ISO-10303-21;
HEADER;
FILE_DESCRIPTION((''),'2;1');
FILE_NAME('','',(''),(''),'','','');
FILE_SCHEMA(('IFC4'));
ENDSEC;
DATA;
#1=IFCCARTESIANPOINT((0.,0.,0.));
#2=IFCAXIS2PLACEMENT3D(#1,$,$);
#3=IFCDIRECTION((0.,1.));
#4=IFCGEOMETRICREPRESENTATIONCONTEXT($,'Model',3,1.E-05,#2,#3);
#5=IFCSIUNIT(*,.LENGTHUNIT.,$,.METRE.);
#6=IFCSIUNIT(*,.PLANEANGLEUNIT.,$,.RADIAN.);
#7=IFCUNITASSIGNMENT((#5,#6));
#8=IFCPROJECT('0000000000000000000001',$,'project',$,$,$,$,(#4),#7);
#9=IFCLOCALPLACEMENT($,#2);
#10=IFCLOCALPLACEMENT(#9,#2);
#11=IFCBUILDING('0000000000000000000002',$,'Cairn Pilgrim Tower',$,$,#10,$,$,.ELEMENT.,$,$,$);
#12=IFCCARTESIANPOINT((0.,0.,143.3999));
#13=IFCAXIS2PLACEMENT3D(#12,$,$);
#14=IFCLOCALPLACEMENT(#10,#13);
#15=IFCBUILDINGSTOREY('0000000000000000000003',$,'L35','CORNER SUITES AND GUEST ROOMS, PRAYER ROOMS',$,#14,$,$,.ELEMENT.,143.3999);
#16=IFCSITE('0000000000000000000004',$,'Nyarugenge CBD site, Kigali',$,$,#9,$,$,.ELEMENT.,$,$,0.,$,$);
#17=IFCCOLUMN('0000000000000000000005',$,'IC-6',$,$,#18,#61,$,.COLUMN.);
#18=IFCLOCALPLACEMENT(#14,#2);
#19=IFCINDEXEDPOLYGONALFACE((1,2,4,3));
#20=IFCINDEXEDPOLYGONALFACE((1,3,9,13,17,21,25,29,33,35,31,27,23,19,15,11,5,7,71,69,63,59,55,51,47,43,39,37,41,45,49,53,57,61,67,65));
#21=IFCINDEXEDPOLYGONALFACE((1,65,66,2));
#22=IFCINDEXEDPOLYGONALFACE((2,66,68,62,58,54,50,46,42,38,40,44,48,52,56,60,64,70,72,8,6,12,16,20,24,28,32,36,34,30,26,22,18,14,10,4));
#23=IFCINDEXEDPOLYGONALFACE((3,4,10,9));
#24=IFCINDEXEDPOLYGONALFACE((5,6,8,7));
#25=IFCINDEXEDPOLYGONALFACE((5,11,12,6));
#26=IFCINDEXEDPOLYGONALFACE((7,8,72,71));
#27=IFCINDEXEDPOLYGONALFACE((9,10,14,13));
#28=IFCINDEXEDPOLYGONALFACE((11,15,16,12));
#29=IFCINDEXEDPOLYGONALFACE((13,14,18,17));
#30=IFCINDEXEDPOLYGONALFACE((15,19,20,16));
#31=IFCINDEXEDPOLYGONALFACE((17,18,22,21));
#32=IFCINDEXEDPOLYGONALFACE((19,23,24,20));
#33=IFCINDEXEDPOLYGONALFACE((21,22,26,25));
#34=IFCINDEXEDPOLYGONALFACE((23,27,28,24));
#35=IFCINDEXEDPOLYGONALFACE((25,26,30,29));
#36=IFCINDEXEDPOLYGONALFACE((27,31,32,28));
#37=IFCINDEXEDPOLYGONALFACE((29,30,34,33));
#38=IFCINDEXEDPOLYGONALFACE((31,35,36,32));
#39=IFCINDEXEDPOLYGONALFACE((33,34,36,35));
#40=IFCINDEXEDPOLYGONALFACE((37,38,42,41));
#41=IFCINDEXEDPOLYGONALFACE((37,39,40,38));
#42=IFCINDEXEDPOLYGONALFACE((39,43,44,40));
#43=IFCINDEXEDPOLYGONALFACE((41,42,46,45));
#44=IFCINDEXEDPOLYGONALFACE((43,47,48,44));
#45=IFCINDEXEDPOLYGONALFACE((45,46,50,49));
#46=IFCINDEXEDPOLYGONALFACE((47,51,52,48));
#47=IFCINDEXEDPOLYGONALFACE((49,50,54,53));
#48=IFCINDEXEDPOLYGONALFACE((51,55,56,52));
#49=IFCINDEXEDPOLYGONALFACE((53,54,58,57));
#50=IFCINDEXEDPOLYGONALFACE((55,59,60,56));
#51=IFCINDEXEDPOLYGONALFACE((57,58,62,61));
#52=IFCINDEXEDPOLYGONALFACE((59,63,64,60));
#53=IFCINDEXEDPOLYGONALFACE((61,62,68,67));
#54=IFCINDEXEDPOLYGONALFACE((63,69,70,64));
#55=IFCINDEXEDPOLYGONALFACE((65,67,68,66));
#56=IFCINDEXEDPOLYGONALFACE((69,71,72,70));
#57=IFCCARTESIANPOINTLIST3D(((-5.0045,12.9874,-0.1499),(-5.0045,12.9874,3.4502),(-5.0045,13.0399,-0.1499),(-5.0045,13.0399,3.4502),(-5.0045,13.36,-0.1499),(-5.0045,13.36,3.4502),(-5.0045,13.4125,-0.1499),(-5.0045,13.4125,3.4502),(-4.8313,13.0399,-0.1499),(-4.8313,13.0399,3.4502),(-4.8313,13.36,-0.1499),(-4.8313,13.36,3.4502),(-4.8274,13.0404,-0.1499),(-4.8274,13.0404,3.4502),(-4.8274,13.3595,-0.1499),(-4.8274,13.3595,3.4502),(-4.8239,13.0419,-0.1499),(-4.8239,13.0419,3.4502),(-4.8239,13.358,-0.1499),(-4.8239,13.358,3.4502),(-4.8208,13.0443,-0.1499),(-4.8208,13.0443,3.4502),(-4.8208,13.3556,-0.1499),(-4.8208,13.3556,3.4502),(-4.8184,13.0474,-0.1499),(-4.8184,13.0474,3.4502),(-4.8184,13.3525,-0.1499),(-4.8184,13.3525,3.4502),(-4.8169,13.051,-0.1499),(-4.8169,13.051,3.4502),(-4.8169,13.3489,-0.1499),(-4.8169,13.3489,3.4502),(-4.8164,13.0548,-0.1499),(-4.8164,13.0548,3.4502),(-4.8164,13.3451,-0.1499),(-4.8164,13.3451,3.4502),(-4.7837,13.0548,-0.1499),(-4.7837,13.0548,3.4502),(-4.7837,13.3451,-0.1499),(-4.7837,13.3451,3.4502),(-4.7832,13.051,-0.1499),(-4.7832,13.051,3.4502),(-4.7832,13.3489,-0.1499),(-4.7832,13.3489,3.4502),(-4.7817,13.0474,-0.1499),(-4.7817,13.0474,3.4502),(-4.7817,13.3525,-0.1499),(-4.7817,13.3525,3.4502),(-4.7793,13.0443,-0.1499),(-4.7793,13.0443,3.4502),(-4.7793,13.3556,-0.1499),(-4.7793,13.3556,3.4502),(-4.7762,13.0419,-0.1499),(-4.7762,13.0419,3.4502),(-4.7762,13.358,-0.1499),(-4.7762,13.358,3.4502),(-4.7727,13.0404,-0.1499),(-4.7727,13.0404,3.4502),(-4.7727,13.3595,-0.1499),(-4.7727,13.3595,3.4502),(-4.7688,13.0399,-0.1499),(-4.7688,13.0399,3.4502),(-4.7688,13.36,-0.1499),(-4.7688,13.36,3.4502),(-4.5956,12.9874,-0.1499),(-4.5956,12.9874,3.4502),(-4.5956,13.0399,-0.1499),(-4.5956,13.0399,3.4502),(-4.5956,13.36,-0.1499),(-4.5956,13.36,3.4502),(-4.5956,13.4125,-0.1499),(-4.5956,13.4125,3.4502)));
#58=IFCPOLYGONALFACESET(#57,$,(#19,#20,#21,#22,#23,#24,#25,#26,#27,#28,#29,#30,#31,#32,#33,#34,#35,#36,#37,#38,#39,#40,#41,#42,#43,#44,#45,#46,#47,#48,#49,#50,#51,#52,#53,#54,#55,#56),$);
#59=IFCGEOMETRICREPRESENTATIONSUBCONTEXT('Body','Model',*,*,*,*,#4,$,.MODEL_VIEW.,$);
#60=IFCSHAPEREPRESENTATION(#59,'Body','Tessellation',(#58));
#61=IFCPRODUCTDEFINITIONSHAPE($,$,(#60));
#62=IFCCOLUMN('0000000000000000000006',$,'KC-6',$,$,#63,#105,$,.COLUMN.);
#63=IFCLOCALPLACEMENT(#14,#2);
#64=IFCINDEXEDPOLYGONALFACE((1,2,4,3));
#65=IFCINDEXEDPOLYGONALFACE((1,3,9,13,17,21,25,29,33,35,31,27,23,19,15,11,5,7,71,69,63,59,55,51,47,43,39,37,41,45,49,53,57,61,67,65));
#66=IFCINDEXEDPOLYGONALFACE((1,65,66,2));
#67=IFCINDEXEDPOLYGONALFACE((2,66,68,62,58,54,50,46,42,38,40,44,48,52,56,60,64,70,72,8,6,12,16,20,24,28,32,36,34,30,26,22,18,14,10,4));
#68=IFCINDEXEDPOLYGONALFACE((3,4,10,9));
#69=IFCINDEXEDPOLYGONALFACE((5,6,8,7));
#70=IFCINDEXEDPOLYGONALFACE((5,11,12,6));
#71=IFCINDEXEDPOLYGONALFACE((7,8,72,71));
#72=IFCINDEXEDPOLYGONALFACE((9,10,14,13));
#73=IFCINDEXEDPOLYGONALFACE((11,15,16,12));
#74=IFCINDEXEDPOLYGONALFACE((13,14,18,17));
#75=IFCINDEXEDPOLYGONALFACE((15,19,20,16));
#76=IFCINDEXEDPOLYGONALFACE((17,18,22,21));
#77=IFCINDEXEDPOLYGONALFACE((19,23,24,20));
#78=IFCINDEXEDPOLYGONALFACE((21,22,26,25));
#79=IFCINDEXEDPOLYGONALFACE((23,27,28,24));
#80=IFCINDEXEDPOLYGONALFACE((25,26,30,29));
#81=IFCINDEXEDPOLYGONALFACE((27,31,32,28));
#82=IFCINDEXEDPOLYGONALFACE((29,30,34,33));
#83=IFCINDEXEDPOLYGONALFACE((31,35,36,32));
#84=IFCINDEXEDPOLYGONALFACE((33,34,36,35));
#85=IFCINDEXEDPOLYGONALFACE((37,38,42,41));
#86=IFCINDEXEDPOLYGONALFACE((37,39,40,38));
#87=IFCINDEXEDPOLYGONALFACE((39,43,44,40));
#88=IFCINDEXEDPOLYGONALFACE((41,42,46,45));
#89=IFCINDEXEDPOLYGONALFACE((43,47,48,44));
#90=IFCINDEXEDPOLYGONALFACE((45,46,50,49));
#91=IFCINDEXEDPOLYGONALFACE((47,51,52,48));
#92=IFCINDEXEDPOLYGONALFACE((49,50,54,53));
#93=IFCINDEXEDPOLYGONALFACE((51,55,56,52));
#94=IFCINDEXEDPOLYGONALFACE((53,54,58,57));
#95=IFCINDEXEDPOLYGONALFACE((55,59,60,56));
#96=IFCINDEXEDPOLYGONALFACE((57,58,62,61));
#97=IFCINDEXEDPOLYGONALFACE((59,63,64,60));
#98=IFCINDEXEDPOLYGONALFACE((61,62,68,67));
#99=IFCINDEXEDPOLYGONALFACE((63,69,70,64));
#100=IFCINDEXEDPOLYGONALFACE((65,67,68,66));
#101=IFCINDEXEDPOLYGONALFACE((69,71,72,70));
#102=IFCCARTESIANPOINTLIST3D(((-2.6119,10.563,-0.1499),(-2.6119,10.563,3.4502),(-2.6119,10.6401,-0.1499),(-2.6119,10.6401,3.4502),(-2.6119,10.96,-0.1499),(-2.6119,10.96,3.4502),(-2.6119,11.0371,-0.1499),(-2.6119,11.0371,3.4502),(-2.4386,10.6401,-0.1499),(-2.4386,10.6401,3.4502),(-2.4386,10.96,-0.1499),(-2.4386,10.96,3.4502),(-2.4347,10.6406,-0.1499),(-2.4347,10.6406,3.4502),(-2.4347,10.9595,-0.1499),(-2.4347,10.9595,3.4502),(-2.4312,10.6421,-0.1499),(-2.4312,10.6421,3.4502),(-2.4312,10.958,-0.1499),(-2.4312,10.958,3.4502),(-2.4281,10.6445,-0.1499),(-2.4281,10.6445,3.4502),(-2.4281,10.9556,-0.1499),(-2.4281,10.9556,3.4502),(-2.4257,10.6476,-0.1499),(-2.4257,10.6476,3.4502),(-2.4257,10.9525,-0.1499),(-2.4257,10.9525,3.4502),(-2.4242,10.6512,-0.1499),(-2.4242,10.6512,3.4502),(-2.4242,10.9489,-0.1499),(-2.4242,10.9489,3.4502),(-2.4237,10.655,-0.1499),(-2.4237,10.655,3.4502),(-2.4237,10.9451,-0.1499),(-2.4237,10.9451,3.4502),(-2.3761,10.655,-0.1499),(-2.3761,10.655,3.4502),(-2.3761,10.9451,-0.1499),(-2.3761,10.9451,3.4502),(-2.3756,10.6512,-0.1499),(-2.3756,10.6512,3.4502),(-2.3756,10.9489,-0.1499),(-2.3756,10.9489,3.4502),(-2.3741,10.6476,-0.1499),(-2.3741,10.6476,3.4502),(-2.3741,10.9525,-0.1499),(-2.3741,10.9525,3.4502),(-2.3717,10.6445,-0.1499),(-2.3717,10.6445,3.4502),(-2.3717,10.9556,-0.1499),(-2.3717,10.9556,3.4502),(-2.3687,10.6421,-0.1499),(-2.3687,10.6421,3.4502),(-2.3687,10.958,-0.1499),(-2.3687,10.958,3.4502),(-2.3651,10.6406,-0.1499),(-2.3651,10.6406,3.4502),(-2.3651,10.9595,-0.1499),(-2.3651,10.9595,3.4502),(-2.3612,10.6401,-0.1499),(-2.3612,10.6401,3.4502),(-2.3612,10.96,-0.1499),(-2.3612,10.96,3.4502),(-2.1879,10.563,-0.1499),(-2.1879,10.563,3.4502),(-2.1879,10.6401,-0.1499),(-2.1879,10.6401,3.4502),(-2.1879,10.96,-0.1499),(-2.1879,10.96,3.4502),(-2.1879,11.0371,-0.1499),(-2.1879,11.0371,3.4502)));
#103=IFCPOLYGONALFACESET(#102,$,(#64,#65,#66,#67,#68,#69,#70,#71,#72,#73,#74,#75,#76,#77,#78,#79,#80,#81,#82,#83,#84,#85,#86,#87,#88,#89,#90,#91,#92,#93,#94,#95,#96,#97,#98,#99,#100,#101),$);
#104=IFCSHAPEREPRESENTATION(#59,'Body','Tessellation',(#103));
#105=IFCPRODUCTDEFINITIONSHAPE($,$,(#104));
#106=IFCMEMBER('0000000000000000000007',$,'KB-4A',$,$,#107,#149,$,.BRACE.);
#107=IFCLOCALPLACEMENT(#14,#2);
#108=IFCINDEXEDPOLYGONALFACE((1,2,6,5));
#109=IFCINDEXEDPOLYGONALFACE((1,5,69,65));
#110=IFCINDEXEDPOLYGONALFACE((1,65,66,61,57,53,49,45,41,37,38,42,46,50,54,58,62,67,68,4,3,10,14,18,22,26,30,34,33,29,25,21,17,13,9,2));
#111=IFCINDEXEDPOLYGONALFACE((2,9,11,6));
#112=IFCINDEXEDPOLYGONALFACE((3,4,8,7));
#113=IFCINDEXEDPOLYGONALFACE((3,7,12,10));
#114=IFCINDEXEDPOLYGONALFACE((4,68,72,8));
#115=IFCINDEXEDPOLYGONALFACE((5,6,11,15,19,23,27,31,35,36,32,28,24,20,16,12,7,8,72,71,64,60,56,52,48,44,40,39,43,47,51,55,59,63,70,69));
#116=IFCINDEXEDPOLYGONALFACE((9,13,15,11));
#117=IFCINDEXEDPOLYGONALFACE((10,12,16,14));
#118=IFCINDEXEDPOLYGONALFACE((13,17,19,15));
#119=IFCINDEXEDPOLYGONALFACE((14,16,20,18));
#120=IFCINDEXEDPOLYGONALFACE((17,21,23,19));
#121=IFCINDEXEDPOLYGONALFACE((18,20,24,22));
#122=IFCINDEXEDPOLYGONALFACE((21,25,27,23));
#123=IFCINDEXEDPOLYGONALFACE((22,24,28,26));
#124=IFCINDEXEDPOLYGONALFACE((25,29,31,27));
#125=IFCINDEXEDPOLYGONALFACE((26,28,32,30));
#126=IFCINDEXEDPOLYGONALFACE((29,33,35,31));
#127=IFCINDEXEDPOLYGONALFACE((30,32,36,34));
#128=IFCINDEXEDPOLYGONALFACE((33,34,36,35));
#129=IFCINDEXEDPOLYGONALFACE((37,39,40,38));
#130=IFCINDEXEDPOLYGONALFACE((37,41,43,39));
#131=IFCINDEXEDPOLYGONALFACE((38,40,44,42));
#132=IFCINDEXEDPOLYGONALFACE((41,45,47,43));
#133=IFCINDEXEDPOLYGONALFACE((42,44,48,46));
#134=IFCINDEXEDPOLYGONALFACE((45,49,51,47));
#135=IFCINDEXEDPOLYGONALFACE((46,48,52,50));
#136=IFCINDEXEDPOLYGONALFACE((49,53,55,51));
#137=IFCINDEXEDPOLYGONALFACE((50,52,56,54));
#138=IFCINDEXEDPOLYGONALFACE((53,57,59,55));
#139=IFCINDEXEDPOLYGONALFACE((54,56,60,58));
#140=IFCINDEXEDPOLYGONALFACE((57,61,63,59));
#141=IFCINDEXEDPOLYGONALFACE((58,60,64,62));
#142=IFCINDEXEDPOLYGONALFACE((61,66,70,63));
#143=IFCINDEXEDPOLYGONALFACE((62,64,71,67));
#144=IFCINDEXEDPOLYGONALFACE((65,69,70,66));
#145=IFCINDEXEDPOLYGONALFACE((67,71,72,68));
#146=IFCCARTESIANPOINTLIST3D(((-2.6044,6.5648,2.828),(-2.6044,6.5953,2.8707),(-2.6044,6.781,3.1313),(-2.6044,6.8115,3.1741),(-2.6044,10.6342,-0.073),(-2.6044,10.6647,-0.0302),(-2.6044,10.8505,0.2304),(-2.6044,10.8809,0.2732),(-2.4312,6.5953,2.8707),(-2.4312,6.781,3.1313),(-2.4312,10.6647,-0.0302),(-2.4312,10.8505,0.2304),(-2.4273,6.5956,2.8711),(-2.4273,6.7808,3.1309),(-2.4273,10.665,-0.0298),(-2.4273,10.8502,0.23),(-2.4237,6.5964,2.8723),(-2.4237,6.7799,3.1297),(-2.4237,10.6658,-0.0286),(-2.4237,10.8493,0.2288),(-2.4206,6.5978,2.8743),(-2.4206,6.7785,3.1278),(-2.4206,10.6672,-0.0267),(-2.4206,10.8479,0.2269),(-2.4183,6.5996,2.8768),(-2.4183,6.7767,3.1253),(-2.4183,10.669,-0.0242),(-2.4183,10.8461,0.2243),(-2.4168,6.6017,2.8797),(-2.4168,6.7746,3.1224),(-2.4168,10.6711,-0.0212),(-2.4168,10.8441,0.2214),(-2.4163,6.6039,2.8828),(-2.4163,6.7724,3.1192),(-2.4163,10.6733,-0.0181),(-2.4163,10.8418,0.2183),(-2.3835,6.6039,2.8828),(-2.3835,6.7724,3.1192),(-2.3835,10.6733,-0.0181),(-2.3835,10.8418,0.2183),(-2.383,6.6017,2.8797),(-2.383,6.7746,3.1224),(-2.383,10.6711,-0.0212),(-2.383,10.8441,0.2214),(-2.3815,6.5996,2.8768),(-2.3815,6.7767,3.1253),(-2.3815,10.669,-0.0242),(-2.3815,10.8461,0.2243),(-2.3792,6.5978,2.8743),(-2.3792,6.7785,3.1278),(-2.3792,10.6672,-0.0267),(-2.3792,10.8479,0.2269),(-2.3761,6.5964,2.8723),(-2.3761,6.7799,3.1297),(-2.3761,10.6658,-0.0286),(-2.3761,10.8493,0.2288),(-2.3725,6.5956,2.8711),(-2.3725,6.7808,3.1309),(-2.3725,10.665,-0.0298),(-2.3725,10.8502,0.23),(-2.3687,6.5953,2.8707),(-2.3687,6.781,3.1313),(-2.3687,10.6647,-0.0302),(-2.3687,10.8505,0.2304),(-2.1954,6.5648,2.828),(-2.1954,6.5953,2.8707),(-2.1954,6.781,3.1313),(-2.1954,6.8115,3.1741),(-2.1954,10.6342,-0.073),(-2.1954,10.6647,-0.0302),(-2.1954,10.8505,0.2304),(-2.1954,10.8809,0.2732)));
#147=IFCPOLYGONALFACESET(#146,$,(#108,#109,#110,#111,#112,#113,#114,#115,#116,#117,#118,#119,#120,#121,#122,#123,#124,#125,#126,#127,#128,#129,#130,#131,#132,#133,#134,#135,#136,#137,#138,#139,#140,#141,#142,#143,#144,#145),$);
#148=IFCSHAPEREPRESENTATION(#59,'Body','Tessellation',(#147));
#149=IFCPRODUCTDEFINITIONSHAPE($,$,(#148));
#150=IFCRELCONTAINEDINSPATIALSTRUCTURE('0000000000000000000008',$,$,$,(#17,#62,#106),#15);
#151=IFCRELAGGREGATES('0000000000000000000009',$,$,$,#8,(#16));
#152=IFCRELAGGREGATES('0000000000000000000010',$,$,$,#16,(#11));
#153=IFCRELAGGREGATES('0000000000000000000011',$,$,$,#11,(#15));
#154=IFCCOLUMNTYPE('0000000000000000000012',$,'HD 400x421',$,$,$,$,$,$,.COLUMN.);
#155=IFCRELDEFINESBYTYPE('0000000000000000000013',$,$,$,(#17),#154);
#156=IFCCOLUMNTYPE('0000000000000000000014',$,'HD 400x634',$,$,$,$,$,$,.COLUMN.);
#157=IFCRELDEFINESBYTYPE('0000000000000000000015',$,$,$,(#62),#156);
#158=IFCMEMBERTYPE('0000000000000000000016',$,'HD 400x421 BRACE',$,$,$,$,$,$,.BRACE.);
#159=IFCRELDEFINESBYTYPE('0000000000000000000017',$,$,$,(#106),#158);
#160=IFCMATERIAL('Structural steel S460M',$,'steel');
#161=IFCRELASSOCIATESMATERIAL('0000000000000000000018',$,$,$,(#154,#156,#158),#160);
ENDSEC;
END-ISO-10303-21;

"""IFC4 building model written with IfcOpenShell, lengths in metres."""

from ifc_helpers import new_model, si_unit, direction, frame, origin, origin_2d, place, context, subcontext, project, spatial, i_section, extrude, material, material_profile, profile_set, type_object, element, save


model = new_model("IFC4")

# Units and contexts
model_context = context("Model", 3, precision=1e-05, world=origin(), true_north=direction((0.0, 1.0)))
body_context = subcontext(model_context, "Body", "Model", "MODEL_VIEW")
ifc_project = project(units=[si_unit("LENGTHUNIT", "METRE"), si_unit("PLANEANGLEUNIT", "RADIAN")], contexts=[model_context])

# Site, building, storey
site_placement = place(None, origin())
site = spatial("IfcSite", under=ifc_project, at=site_placement, Name="Nyarugenge CBD site, Kigali", CompositionType="ELEMENT", RefElevation=0.0)
building_placement = place(site_placement, origin())
building = spatial("IfcBuilding", under=site, at=building_placement, Name="Cairn Pilgrim Tower", CompositionType="ELEMENT")
storey_placement = place(building_placement, frame((0.0, 0.0, 143.3999)))
storey = spatial("IfcBuildingStorey", under=building, at=storey_placement, Name="L35", Description="CORNER SUITES AND GUEST ROOMS, PRAYER ROOMS", CompositionType="ELEMENT", Elevation=143.3999)

# Columns
ifc_material_1 = material(Name="Structural steel S460M", Category="steel")
ifc_material_profile_1 = material_profile(ifc_material_1, i_section(OverallWidth=0.4089, OverallDepth=0.425, WebThickness=0.0327, FlangeThickness=0.0525, FilletRadius=0.0149, at=origin_2d()), Name="HD 400x421")
ifc_profile_set_1 = profile_set([ifc_material_profile_1], Name="Structural steel S460M")
column_type_1 = type_object("IfcColumnType", Name="HD 400x421", PredefinedType="COLUMN", material=ifc_profile_set_1)
column_1_placement = place(storey_placement, frame((-4.8, 13.2, -0.1499), z_axis=(0.0, 0.0, 1.0), x_axis=(1.0, 0.0, 0.0)))
element("IfcColumn", 1, at=column_1_placement, inside=storey, type_object=column_type_1, Name="IC-6", PredefinedType="COLUMN", context=body_context, shape_type="SweptSolid", body=[
    extrude(i_section(OverallWidth=0.4089, OverallDepth=0.425, WebThickness=0.0327, FlangeThickness=0.0525, FilletRadius=0.0149, at=origin_2d()), origin(), (0.0, 0.0, 1.0), 3.6001),
])
ifc_material_profile_2 = material_profile(ifc_material_1, i_section(OverallWidth=0.4241, OverallDepth=0.4741, WebThickness=0.0476, FlangeThickness=0.0771, FilletRadius=0.0149, at=origin_2d()), Name="HD 400x634")
ifc_profile_set_2 = profile_set([ifc_material_profile_2], Name="Structural steel S460M")
column_type_2 = type_object("IfcColumnType", Name="HD 400x634", PredefinedType="COLUMN", material=ifc_profile_set_2)
column_2_placement = place(storey_placement, frame((-2.3999, 10.8, -0.1499), z_axis=(0.0, 0.0, 1.0), x_axis=(1.0, 0.0, 0.0)))
element("IfcColumn", 2, at=column_2_placement, inside=storey, type_object=column_type_2, Name="KC-6", PredefinedType="COLUMN", context=body_context, shape_type="SweptSolid", body=[
    extrude(i_section(OverallWidth=0.4241, OverallDepth=0.4741, WebThickness=0.0476, FlangeThickness=0.0771, FilletRadius=0.0149, at=origin_2d()), origin(), (0.0, 0.0, 1.0), 3.6001),
])

# Member
ifc_material_profile_3 = material_profile(ifc_material_1, i_section(OverallWidth=0.4089, OverallDepth=0.425, WebThickness=0.0327, FlangeThickness=0.0525, FilletRadius=0.0149, at=origin_2d()), Name="HD 400x421")
ifc_profile_set_3 = profile_set([ifc_material_profile_3], Name="Structural steel S460M")
member_type = type_object("IfcMemberType", Name="HD 400x421 BRACE", PredefinedType="BRACE", material=ifc_profile_set_3)
member_placement = place(storey_placement, frame((-2.3999, 10.7576, 0.1001), z_axis=(0.0, -0.814281, 0.580471), x_axis=(1.0, 0.0, 0.0)))
element("IfcMember", 3, at=member_placement, inside=storey, type_object=member_type, Name="KB-4A", PredefinedType="BRACE", context=body_context, shape_type="SweptSolid", body=[
    extrude(i_section(OverallWidth=0.4089, OverallDepth=0.425, WebThickness=0.0327, FlangeThickness=0.0525, FilletRadius=0.0149, at=origin_2d()), origin(), (0.0, 0.0, 1.0), 4.9976),
])

save(model, "model.ifc")
